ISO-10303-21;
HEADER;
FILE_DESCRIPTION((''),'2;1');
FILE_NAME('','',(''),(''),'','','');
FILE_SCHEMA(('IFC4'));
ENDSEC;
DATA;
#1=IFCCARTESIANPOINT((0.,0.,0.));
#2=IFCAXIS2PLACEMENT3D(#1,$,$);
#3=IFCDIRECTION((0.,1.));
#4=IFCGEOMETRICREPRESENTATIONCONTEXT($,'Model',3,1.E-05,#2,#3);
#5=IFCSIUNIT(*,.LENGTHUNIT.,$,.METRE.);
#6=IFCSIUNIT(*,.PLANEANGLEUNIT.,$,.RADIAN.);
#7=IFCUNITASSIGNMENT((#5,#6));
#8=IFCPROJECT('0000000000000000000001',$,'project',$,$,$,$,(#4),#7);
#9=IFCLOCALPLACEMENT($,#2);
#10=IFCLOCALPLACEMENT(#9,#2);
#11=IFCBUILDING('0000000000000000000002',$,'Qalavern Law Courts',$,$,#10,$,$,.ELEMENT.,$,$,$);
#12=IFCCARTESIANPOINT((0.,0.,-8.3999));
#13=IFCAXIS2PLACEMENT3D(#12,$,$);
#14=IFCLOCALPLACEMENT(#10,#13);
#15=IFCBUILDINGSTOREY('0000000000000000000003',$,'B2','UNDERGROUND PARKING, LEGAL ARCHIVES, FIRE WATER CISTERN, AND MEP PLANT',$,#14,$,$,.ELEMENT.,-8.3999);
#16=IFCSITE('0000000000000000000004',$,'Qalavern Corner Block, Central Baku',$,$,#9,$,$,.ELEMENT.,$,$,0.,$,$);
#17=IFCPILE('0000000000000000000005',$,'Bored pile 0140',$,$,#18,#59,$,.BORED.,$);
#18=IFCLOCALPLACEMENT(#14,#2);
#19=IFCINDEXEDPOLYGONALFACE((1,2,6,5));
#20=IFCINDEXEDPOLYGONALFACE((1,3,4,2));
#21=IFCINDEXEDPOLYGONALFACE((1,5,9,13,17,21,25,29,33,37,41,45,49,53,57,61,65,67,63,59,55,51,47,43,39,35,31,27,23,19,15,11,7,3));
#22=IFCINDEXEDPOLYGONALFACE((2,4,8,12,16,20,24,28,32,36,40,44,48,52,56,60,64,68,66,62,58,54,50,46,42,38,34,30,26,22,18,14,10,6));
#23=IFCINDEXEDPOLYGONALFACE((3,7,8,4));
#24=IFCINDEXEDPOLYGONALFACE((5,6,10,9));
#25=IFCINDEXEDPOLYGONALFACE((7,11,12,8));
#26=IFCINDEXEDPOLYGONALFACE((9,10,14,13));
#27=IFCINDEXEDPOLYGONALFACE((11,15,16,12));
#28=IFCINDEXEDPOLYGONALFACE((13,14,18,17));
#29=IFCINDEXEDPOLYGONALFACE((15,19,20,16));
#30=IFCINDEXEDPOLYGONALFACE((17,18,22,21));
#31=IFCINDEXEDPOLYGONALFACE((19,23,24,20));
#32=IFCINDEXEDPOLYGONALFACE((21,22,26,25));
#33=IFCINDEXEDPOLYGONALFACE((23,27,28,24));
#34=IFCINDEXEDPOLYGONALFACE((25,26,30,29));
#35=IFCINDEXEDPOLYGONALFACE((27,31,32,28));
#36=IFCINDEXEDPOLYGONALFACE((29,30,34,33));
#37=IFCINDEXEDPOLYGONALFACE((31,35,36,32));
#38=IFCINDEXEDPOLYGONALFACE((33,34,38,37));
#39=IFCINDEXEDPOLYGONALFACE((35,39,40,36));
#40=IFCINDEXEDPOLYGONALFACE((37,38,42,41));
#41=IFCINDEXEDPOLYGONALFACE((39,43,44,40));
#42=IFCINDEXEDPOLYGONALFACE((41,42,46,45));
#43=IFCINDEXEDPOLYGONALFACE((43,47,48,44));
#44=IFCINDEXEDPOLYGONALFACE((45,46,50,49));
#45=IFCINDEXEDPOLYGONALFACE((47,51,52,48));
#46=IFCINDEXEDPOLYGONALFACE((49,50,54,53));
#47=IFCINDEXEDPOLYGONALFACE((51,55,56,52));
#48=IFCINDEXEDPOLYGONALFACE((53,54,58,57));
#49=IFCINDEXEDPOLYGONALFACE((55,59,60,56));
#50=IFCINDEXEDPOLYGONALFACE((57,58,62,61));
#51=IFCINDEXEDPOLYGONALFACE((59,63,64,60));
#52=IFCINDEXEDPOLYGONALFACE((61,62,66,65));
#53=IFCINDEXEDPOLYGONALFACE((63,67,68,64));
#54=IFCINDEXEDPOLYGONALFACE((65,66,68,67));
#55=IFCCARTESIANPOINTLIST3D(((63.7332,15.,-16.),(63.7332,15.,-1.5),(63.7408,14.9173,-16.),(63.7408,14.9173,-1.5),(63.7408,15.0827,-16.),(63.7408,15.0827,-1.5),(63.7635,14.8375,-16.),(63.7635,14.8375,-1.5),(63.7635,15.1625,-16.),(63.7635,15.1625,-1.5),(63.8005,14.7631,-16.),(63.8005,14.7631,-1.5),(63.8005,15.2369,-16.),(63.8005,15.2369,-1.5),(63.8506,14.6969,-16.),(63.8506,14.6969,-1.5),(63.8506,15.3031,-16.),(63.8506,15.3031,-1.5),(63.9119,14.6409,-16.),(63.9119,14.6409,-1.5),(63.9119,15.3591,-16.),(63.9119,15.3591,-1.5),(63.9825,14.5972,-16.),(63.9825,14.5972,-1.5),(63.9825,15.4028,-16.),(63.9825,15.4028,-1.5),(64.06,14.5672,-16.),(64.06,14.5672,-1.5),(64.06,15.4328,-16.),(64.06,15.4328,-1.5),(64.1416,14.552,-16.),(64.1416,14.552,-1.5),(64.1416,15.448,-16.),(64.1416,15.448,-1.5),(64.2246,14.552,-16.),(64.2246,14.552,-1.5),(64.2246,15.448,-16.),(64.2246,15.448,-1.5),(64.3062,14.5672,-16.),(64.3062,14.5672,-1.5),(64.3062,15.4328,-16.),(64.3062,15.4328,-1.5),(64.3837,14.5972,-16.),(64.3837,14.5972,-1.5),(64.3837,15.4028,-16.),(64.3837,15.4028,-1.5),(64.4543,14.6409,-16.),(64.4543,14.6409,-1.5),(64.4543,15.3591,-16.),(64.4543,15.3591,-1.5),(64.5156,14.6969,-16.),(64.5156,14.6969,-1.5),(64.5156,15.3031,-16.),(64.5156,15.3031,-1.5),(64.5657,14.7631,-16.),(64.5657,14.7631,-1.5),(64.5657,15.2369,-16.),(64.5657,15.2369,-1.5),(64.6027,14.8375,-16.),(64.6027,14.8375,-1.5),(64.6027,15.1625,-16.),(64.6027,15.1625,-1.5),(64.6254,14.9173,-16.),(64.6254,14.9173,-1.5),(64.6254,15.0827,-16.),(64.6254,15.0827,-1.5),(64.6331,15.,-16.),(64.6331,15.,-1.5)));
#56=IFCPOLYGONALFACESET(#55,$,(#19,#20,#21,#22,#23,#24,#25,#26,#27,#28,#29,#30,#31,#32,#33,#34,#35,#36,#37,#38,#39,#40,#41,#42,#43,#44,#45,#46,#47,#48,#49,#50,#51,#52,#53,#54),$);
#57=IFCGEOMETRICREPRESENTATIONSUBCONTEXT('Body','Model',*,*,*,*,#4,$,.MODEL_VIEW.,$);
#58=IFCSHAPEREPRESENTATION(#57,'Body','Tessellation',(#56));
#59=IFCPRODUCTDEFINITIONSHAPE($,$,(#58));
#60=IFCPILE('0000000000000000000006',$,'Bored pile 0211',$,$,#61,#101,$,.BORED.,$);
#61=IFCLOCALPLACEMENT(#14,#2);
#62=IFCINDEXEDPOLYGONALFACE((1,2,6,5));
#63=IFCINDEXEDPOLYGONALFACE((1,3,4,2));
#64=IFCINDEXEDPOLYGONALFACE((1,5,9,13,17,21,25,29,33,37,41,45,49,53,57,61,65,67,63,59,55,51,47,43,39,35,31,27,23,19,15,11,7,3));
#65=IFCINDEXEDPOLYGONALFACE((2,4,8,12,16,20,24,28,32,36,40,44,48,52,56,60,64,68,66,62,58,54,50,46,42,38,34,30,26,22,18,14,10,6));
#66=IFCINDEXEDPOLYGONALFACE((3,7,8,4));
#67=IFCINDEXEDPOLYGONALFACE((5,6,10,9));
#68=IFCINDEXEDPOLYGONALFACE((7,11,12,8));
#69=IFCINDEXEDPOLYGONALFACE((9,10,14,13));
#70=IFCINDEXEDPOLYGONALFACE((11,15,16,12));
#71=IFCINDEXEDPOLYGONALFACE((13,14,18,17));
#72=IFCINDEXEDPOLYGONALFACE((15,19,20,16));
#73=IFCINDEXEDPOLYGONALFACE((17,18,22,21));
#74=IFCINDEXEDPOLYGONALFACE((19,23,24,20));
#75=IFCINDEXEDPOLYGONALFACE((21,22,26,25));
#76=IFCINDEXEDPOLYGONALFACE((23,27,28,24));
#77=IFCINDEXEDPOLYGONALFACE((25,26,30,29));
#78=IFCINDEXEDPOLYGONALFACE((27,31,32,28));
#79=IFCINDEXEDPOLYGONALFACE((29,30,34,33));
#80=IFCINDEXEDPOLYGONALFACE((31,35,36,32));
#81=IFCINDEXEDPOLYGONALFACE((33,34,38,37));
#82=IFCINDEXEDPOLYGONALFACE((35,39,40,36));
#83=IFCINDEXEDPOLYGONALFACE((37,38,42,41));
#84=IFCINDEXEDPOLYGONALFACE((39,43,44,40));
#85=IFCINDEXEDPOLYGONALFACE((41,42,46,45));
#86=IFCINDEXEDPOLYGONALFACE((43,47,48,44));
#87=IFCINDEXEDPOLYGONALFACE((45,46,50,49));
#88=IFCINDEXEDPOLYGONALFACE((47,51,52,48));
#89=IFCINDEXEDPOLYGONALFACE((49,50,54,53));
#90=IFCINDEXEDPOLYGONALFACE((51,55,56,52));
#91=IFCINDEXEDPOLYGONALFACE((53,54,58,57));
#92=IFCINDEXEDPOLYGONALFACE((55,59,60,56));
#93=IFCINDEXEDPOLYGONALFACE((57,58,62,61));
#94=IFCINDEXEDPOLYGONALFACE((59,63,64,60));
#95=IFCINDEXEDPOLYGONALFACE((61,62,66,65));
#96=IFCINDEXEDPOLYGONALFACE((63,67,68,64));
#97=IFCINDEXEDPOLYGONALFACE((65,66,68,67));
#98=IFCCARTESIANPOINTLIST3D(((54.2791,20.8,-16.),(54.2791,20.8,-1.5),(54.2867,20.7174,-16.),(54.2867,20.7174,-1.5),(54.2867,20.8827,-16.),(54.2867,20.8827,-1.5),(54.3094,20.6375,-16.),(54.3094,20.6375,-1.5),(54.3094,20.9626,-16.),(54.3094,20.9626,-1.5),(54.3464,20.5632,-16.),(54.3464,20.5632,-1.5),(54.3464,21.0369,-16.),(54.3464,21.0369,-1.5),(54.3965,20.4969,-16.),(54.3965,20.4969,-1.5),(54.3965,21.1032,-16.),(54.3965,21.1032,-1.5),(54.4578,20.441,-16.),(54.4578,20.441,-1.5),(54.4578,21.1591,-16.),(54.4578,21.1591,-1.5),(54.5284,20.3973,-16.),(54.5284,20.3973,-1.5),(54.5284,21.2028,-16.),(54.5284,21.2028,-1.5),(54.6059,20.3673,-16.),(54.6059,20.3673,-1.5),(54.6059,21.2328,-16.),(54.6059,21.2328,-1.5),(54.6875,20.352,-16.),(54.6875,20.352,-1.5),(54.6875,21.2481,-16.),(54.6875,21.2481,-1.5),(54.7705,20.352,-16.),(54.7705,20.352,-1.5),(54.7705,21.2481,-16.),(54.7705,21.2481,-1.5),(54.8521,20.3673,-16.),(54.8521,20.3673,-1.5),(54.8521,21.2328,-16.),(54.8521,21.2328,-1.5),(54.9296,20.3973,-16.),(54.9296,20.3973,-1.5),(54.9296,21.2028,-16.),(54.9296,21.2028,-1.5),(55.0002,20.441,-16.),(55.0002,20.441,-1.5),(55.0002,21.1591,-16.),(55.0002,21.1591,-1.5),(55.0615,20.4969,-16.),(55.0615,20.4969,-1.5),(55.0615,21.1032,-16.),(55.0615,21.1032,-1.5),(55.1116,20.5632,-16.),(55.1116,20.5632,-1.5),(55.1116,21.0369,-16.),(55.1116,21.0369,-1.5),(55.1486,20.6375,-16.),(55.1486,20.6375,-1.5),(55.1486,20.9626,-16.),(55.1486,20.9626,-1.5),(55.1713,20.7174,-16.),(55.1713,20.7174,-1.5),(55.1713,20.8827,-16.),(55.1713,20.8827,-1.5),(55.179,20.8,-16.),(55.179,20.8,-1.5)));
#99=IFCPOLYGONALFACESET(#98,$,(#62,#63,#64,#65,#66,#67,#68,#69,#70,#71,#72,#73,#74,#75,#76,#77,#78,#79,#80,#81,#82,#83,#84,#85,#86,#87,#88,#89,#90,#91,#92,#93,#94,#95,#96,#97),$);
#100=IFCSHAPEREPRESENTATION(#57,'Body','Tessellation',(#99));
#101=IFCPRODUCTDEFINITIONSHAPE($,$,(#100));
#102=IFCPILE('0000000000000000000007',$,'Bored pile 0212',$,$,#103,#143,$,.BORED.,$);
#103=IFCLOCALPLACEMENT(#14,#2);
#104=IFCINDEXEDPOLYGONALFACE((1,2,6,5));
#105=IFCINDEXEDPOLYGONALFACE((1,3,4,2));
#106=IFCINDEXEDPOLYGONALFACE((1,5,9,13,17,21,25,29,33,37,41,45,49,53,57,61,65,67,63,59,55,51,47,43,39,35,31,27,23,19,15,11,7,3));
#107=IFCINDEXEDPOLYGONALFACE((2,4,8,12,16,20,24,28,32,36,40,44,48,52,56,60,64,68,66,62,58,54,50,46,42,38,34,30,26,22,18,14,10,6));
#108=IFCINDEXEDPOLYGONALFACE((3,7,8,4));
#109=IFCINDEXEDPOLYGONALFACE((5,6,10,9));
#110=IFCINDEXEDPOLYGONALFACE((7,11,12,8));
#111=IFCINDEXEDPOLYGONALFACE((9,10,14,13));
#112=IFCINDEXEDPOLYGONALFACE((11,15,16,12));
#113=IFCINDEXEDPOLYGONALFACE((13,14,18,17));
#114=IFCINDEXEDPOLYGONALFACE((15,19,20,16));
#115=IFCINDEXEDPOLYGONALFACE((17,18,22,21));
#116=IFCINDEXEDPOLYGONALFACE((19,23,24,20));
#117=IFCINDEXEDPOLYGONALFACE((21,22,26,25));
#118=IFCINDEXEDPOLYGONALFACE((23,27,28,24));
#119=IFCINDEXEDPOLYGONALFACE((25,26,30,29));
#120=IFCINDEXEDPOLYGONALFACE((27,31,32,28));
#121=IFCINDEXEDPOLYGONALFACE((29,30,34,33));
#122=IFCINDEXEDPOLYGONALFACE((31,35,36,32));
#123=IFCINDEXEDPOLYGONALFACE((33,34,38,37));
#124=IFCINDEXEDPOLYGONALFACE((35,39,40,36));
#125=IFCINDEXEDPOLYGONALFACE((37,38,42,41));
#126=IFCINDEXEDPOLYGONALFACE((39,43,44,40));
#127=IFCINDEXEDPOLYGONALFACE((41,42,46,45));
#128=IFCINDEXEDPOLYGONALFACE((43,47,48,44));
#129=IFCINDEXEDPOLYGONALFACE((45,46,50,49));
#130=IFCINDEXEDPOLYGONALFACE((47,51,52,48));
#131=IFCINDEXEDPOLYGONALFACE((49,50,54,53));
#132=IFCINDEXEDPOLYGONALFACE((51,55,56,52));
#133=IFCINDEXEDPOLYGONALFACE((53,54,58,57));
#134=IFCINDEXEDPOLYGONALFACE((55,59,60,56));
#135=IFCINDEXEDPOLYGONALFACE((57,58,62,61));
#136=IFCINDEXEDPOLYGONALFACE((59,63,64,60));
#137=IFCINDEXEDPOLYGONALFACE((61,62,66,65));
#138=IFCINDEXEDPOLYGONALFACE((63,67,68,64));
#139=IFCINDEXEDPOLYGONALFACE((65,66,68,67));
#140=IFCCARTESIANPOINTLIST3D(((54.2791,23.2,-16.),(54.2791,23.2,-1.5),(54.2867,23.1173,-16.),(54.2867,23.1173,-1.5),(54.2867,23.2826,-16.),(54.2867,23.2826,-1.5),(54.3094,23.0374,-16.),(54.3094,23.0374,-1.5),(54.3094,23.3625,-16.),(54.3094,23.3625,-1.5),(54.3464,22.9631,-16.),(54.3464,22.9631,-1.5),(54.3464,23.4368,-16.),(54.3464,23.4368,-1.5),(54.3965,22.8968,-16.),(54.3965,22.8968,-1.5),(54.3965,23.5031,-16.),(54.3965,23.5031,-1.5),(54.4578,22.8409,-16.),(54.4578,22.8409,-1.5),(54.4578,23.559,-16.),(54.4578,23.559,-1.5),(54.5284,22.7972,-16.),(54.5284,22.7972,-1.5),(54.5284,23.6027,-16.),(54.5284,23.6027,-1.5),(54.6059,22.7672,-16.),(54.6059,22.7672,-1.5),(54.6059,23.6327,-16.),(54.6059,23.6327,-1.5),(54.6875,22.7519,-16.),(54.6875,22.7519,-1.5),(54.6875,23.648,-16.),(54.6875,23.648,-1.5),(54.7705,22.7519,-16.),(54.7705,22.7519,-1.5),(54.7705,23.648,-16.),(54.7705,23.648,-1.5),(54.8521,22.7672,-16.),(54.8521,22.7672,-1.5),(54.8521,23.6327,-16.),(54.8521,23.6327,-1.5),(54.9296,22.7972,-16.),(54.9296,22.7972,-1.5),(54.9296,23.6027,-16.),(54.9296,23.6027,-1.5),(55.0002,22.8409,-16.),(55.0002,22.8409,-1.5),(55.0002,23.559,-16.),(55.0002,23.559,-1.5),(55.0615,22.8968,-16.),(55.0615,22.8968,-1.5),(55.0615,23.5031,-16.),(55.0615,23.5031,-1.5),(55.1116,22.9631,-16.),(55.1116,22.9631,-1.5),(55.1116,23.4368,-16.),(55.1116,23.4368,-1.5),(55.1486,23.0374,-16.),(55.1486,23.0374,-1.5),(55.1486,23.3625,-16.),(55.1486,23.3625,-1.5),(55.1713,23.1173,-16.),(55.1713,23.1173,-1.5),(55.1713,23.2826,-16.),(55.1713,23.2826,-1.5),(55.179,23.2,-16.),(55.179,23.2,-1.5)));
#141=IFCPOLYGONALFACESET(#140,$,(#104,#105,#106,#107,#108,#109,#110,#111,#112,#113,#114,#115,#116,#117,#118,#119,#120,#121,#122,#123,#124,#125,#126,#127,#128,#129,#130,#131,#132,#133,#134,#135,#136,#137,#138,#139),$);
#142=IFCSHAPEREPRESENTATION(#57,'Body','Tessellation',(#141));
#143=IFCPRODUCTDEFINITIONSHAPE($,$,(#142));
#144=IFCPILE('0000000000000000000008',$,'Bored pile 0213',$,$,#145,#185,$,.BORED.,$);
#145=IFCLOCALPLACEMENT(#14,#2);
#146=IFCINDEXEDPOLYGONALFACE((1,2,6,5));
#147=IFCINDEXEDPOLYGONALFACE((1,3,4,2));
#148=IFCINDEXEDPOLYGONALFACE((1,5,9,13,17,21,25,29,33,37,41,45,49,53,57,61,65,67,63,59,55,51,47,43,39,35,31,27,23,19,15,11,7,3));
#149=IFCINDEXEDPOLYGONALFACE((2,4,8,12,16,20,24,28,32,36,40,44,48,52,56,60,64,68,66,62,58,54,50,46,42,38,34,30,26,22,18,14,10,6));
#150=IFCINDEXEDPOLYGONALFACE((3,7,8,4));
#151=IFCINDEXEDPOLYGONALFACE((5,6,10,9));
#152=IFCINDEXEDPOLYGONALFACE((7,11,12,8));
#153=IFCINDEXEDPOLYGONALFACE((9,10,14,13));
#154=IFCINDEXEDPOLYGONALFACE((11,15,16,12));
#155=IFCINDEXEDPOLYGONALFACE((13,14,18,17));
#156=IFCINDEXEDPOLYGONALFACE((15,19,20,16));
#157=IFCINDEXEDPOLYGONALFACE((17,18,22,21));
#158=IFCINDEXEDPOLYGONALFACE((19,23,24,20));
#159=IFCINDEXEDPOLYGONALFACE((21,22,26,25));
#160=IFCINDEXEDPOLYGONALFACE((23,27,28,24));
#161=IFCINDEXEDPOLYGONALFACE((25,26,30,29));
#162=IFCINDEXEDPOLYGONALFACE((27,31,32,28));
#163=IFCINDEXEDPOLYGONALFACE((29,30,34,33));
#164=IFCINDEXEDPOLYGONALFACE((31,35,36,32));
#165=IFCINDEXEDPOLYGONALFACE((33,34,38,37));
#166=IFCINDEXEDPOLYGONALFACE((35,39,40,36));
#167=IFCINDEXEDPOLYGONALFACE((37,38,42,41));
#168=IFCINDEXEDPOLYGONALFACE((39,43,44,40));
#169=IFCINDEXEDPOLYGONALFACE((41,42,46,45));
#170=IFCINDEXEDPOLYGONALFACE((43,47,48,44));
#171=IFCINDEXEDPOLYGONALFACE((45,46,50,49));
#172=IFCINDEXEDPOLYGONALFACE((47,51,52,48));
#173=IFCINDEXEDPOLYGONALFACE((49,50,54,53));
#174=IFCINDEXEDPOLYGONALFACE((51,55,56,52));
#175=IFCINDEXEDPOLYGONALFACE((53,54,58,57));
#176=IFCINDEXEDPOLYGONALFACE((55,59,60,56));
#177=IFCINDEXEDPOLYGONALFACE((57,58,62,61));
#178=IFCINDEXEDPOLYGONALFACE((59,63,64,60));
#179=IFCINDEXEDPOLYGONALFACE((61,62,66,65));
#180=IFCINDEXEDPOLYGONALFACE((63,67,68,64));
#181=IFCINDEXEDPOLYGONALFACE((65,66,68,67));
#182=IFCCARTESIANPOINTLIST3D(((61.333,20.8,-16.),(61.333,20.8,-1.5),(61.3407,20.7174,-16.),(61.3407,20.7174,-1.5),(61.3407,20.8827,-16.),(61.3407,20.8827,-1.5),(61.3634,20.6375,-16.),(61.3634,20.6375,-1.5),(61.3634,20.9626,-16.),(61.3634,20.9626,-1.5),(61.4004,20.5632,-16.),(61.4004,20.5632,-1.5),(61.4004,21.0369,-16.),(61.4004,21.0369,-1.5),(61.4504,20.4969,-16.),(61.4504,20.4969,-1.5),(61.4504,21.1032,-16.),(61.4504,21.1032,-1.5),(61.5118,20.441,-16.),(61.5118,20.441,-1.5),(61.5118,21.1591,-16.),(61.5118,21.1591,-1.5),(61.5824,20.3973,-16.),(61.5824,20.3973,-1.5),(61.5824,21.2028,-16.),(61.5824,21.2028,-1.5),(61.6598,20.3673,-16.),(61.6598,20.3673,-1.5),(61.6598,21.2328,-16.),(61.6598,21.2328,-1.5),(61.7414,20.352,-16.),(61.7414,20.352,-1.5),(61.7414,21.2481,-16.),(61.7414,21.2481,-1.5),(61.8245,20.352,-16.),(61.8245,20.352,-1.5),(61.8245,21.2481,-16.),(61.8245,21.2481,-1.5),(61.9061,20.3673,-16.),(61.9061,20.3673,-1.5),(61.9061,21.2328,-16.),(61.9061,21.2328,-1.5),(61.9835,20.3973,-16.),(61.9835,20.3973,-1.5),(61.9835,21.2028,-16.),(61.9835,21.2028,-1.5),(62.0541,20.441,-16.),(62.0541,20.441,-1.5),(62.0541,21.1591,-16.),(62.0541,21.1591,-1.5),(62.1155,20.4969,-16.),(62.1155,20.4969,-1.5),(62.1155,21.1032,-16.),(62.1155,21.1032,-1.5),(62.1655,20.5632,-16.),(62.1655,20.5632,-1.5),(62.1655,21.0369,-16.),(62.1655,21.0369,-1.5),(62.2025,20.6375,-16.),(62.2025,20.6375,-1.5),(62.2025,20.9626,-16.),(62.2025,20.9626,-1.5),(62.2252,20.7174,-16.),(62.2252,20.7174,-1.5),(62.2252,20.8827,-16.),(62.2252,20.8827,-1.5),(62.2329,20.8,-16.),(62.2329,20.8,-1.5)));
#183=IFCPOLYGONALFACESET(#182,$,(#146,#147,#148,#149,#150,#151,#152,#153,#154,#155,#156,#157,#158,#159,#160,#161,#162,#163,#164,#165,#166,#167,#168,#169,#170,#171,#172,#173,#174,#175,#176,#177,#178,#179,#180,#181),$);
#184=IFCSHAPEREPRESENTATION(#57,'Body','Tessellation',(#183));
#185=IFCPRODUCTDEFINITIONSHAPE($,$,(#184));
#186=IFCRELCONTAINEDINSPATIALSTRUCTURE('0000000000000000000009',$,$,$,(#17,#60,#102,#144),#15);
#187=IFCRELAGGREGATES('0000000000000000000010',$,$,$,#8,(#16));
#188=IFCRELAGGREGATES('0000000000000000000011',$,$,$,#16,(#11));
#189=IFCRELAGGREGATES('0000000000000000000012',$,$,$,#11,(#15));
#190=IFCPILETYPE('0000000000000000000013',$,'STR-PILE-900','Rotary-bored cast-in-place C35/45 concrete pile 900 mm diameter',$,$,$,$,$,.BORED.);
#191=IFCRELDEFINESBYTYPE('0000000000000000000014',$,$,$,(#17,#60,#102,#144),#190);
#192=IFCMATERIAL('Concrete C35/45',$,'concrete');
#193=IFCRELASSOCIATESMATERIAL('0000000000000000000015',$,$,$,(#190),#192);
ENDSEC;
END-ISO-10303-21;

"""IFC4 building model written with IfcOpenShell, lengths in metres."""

from ifc_helpers import new_model, si_unit, direction, frame, origin, origin_2d, place, context, subcontext, project, spatial, circle, extrude, material, material_profile, profile_set, type_object, element, save


model = new_model("IFC4")

# Units and contexts
model_context = context("Model", 3, precision=1e-05, world=origin(), true_north=direction((0.0, 1.0)))
body_context = subcontext(model_context, "Body", "Model", "MODEL_VIEW")
ifc_project = project(units=[si_unit("LENGTHUNIT", "METRE"), si_unit("PLANEANGLEUNIT", "RADIAN")], contexts=[model_context])

# Site, building, storey
site_placement = place(None, origin())
site = spatial("IfcSite", under=ifc_project, at=site_placement, Name="Qalavern Corner Block, Central Baku", CompositionType="ELEMENT", RefElevation=0.0)
building_placement = place(site_placement, origin())
building = spatial("IfcBuilding", under=site, at=building_placement, Name="Qalavern Law Courts", CompositionType="ELEMENT")
storey_placement = place(building_placement, frame((0.0, 0.0, -8.3999)))
storey = spatial("IfcBuildingStorey", under=building, at=storey_placement, Name="B2", Description="UNDERGROUND PARKING, LEGAL ARCHIVES, FIRE WATER CISTERN, AND MEP PLANT", CompositionType="ELEMENT", Elevation=-8.3999)

# Shared definitions
ifc_material_1 = material(Name="Concrete C35/45", Category="concrete")

# Piles
ifc_material_profile_1 = material_profile(ifc_material_1, circle(Radius=0.45, at=origin_2d()), Name="BORED PILE 900")
ifc_profile_set_1 = profile_set([ifc_material_profile_1], Name="Concrete C35/45")
pile_type_1 = type_object("IfcPileType", Name="STR-PILE-900", Description="Rotary-bored cast-in-place C35/45 concrete pile 900 mm diameter", PredefinedType="BORED", material=ifc_profile_set_1)
for number, where, z_axis, x_axis, name in (
    (1, (64.1831, 15.0, -1.5), (0.0, 0.0, -1.0), (1.0, 0.0, 0.0), "Bored pile 0140"),
    (2, (54.729, 20.8, -1.5), (0.0, 0.0, -1.0), (1.0, 0.0, 0.0), "Bored pile 0211"),
    (3, (54.729, 23.2, -1.5), (0.0, 0.0, -1.0), (1.0, 0.0, 0.0), "Bored pile 0212"),
    (4, (61.783, 20.8, -1.5), (0.0, 0.0, -1.0), (1.0, 0.0, 0.0), "Bored pile 0213"),
):
    element("IfcPile", number, at=place(storey_placement, frame(where, z_axis=z_axis, x_axis=x_axis)), inside=storey, type_object=pile_type_1, Name=name, PredefinedType="BORED", context=body_context, shape_type="SweptSolid", body=[
        extrude(circle(Radius=0.45, at=origin_2d()), origin(), (0.0, 0.0, 1.0), 14.5),
    ])

save(model, "model.ifc")
